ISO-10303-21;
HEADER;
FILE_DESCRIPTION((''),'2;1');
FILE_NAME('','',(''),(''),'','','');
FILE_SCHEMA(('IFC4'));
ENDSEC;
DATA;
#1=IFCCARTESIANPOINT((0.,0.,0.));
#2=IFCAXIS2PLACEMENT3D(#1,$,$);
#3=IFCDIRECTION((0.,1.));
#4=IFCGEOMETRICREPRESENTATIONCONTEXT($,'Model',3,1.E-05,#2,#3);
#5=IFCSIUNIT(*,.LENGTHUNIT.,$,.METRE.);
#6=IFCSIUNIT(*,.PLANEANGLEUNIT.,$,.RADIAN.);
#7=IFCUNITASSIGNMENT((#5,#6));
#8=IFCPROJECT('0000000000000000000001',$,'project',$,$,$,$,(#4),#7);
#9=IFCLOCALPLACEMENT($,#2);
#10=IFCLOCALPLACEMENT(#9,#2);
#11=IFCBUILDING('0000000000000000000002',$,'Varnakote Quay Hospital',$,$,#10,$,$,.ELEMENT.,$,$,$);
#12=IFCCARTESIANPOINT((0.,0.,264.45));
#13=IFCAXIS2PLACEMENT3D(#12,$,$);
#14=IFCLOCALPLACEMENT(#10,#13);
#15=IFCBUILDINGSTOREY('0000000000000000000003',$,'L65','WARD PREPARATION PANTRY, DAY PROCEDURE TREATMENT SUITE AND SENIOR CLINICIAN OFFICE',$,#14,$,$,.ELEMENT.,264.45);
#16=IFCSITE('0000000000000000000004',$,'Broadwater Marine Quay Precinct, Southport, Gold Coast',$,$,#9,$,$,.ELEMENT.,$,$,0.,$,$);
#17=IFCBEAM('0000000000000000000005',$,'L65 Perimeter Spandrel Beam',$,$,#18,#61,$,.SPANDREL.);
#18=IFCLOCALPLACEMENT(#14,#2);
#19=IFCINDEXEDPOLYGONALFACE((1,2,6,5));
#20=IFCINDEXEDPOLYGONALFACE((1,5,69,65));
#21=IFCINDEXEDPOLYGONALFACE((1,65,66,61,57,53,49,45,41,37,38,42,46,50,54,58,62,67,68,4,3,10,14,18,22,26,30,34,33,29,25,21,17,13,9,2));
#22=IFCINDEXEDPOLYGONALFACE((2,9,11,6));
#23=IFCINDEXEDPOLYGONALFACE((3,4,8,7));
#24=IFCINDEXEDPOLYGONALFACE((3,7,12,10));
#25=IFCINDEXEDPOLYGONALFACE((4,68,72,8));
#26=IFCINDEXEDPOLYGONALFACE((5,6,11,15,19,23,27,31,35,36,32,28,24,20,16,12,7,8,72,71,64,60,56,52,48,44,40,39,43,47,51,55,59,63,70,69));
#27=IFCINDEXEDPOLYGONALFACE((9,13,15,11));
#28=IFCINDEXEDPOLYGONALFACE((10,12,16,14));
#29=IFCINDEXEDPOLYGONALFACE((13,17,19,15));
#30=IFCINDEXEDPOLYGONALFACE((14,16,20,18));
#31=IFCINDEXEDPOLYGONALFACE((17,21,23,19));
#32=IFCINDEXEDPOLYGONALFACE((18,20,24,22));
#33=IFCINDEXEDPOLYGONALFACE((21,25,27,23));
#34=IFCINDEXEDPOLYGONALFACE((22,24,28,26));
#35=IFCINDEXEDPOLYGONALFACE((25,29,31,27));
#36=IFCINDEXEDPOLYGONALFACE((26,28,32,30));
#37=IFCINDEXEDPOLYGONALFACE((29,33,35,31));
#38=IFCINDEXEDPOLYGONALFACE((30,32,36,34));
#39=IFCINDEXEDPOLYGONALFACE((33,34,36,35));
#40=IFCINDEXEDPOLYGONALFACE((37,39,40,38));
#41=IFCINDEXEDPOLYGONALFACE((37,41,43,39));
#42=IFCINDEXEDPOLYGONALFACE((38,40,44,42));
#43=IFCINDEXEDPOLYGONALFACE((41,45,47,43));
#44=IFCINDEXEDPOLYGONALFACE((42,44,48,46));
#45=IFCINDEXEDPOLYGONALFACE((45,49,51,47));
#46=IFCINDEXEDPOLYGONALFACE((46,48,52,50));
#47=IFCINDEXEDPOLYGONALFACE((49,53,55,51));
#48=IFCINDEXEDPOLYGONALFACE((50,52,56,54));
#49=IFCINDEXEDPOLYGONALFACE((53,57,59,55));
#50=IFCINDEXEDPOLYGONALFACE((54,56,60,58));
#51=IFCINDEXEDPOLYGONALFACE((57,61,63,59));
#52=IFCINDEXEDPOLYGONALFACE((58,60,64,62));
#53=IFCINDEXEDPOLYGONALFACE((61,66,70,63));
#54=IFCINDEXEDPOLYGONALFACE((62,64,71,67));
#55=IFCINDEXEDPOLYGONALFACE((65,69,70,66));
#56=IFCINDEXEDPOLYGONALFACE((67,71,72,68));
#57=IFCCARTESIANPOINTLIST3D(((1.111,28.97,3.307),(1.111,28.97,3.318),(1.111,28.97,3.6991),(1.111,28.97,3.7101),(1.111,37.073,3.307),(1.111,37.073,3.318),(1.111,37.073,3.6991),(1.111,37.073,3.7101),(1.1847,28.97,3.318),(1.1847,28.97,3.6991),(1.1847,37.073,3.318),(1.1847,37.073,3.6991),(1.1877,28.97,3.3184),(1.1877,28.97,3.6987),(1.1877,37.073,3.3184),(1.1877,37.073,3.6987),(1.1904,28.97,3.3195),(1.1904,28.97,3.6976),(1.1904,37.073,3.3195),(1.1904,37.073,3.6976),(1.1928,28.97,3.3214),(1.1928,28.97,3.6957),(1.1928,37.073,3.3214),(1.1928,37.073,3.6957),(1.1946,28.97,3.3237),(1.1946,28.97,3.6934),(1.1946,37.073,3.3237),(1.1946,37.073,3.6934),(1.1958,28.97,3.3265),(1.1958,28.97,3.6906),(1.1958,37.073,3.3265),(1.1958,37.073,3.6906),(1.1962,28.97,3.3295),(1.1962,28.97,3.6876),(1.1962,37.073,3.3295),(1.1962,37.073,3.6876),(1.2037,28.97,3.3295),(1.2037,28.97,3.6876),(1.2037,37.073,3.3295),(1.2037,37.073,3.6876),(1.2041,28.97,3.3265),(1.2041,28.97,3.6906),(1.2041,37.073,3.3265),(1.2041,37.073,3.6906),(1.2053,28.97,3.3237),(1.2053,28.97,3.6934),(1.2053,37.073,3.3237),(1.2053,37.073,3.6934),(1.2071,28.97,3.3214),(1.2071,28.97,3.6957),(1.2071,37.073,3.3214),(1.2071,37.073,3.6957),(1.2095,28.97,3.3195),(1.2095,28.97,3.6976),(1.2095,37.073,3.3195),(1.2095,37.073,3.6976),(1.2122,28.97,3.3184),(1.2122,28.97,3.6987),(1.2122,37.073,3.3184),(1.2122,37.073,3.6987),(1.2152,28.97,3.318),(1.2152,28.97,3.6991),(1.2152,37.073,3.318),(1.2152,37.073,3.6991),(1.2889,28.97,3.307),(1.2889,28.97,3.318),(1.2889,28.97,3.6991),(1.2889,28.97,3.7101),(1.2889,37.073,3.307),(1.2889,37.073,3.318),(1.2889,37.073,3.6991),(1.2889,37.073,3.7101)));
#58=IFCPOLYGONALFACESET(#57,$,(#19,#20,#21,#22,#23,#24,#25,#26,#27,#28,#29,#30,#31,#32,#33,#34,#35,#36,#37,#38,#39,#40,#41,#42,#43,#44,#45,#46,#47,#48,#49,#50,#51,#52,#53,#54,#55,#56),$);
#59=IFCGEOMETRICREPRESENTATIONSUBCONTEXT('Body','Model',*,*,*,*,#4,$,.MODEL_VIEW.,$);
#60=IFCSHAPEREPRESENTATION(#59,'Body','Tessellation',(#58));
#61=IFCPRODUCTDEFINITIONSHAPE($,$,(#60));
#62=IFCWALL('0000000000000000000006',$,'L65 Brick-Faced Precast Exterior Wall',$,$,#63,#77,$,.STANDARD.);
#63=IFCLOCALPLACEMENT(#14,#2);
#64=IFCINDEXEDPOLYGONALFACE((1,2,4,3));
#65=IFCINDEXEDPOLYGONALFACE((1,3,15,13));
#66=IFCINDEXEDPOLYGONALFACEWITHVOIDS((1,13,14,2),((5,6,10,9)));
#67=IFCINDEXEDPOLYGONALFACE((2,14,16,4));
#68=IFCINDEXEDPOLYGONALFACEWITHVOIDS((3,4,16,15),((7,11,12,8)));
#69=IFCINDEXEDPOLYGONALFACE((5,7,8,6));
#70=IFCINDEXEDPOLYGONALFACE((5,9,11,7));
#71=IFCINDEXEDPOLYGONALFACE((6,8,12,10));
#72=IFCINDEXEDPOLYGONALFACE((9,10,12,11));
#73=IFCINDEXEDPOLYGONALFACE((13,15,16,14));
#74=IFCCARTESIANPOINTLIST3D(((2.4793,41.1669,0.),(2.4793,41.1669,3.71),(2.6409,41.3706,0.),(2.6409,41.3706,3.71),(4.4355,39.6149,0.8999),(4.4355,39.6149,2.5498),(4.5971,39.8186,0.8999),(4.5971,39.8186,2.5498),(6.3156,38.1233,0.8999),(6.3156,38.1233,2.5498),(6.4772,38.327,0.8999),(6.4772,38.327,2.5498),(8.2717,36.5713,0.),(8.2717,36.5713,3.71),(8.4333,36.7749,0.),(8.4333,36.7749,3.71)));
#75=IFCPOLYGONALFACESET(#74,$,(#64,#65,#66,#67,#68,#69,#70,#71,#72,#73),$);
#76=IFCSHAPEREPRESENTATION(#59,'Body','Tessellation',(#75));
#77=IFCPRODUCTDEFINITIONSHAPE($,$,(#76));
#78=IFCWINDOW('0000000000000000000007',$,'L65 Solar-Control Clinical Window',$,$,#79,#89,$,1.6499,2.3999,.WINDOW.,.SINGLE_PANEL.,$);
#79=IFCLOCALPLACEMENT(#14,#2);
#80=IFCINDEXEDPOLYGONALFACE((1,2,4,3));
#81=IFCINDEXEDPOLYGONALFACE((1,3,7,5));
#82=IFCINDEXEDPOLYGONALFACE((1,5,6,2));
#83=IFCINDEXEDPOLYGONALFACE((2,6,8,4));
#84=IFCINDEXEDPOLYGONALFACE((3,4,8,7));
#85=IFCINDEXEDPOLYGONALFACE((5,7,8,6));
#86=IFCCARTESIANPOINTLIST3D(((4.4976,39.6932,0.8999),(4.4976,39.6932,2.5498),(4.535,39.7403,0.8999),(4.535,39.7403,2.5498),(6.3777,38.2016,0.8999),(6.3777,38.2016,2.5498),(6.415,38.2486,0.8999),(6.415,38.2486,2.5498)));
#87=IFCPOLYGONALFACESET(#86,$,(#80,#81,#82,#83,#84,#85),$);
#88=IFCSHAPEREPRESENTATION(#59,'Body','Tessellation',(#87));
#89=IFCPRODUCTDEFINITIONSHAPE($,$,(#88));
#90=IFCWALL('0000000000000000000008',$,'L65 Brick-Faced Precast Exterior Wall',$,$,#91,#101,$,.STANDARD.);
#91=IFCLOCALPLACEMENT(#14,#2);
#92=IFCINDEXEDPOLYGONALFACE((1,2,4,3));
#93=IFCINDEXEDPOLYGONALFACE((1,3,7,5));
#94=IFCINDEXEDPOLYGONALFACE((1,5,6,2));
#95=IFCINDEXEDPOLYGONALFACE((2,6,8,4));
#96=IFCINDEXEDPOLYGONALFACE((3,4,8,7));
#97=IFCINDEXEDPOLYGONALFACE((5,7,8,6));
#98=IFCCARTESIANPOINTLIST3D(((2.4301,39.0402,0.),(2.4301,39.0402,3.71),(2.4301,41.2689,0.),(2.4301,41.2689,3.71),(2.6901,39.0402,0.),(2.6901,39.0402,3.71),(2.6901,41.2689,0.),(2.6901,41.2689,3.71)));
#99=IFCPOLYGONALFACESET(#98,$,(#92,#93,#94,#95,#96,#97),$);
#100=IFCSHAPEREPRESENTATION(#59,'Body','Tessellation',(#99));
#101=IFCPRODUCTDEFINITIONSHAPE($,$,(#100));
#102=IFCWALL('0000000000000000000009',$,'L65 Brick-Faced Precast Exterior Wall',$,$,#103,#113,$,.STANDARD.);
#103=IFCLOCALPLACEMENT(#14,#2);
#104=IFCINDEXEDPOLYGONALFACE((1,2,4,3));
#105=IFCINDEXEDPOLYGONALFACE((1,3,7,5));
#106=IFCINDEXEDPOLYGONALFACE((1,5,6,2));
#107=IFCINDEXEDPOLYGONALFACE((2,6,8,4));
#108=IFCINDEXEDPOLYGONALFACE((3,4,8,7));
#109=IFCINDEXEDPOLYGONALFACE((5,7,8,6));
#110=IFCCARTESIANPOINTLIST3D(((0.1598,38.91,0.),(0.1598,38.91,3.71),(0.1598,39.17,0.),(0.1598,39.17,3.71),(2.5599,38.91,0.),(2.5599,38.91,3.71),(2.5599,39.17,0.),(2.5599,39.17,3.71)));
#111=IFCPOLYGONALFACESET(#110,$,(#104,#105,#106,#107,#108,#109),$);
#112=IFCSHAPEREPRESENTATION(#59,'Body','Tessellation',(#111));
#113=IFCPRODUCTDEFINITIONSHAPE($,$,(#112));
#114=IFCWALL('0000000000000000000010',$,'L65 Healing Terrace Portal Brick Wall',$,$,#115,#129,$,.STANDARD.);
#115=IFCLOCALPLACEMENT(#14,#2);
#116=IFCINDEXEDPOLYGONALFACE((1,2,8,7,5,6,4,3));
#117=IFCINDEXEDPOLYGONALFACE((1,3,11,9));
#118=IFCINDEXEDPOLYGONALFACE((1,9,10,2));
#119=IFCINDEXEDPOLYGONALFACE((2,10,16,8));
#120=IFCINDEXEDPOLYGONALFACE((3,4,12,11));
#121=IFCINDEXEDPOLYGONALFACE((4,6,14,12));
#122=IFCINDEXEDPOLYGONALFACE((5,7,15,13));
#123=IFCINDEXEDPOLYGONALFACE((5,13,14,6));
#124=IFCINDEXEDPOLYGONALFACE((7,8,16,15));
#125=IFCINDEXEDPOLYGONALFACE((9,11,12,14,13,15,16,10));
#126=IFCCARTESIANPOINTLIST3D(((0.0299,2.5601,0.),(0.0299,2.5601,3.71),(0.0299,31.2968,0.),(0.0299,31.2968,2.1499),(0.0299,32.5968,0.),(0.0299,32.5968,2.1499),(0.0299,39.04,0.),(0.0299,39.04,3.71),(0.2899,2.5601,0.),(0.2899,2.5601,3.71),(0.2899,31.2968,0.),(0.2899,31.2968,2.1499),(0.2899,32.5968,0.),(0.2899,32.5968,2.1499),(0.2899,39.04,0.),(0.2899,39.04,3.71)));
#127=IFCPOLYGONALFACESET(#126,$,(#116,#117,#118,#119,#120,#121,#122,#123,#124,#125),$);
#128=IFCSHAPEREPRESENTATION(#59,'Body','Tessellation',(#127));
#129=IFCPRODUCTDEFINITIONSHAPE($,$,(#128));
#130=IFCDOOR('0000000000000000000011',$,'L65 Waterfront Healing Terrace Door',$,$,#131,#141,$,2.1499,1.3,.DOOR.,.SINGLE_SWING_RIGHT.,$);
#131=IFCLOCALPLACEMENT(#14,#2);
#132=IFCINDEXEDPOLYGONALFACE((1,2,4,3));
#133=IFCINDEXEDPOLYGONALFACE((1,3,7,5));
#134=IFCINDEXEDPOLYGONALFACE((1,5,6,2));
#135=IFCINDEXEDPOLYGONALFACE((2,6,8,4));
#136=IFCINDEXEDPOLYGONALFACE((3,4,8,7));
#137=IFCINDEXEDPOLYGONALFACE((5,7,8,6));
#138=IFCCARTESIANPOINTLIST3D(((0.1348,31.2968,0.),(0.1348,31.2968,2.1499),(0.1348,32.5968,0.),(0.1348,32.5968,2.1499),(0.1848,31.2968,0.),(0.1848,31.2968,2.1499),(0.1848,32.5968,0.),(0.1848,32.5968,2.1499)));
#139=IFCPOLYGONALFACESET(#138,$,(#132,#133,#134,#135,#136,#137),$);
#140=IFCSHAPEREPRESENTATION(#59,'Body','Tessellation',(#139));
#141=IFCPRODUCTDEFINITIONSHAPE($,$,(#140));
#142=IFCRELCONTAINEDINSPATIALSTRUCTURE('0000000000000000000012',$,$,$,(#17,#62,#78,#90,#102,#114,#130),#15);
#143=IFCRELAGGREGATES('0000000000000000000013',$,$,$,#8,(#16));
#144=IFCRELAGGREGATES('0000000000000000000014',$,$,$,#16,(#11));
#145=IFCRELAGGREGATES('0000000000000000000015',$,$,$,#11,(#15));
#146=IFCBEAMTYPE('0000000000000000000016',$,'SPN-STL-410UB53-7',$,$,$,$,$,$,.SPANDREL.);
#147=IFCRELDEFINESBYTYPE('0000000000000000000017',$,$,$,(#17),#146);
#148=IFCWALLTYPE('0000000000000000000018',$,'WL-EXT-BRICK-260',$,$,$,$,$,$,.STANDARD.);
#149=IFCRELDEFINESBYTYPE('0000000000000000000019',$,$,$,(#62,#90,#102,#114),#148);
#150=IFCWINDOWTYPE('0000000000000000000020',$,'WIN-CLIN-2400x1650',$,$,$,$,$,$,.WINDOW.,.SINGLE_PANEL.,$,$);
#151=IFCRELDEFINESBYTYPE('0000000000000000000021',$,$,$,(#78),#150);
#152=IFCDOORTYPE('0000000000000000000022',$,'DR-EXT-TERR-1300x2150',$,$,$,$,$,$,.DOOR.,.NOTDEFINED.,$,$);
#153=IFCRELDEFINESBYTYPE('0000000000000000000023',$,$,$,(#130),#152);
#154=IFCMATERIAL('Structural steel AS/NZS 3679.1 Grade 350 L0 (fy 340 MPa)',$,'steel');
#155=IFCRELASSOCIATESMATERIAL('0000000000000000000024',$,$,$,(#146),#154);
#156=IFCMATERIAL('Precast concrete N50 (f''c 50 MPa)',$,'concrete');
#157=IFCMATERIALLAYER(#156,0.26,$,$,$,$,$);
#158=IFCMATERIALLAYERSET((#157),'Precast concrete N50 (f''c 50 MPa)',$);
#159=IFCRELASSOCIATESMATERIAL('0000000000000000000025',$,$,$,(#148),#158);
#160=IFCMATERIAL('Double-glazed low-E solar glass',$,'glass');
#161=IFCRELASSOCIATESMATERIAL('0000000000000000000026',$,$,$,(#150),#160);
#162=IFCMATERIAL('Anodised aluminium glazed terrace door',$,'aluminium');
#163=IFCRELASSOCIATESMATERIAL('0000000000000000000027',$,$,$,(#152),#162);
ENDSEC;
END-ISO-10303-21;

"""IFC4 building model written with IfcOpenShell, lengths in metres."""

from ifc_helpers import new_model, si_unit, direction, frame, frame_2d, origin, origin_2d, place, context, subcontext, project, spatial, rectangle, i_section, extrude, material, layer, layer_set, material_profile, profile_set, type_object, element, fill, save


model = new_model("IFC4")

# Units and contexts
model_context = context("Model", 3, precision=1e-05, world=origin(), true_north=direction((0.0, 1.0)))
body_context = subcontext(model_context, "Body", "Model", "MODEL_VIEW")
ifc_project = project(units=[si_unit("LENGTHUNIT", "METRE"), si_unit("PLANEANGLEUNIT", "RADIAN")], contexts=[model_context])

# Site, building, storey
site_placement = place(None, origin())
site = spatial("IfcSite", under=ifc_project, at=site_placement, Name="Broadwater Marine Quay Precinct, Southport, Gold Coast", CompositionType="ELEMENT", RefElevation=0.0)
building_placement = place(site_placement, origin())
building = spatial("IfcBuilding", under=site, at=building_placement, Name="Varnakote Quay Hospital", CompositionType="ELEMENT")
storey_placement = place(building_placement, frame((0.0, 0.0, 264.45)))
storey = spatial("IfcBuildingStorey", under=building, at=storey_placement, Name="L65", Description="WARD PREPARATION PANTRY, DAY PROCEDURE TREATMENT SUITE AND SENIOR CLINICIAN OFFICE", CompositionType="ELEMENT", Elevation=264.45)

# Beam
ifc_material_1 = material(Name="Structural steel AS/NZS 3679.1 Grade 350 L0 (fy 340 MPa)", Category="steel")
ifc_material_profile_1 = material_profile(ifc_material_1, i_section(OverallWidth=0.178, OverallDepth=0.4031, WebThickness=0.0076, FlangeThickness=0.011, FilletRadius=0.0115, at=origin_2d()), Name="410UB53.7")
ifc_profile_set_1 = profile_set([ifc_material_profile_1], Name="Structural steel AS/NZS 3679.1 Grade 350 L0 (fy 340 MPa)")
beam_type_1 = type_object("IfcBeamType", Name="SPN-STL-410UB53-7", PredefinedType="SPANDREL", material=ifc_profile_set_1)
beam_1_placement = place(storey_placement, frame((1.2, 28.97, 3.5085), z_axis=(0.0, 1.0, 0.0), x_axis=(-1.0, 0.0, 0.0)))
element("IfcBeam", 1, at=beam_1_placement, inside=storey, type_object=beam_type_1, Name="L65 Perimeter Spandrel Beam", PredefinedType="SPANDREL", context=body_context, shape_type="SweptSolid", body=[
    extrude(i_section(OverallWidth=0.178, OverallDepth=0.4031, WebThickness=0.0076, FlangeThickness=0.011, FilletRadius=0.0115, at=origin_2d()), origin(), (0.0, 0.0, 1.0), 8.103),
])

# Wall, opening, window
ifc_material_2 = material(Name="Precast concrete N50 (f'c 50 MPa)", Category="concrete")
ifc_layer = layer(ifc_material_2, 0.26)
ifc_layer_set = layer_set([ifc_layer], Name="Precast concrete N50 (f'c 50 MPa)")
wall_type = type_object("IfcWallType", Name="WL-EXT-BRICK-260", PredefinedType="STANDARD", material=ifc_layer_set)
wall_1_placement = place(storey_placement, frame((8.3525, 36.6731, 0.0), z_axis=(0.0, 0.0, 1.0), x_axis=(-0.783388, 0.621533, 0.0)))
wall_1 = element("IfcWall", 2, at=wall_1_placement, inside=storey, type_object=wall_type, Name="L65 Brick-Faced Precast Exterior Wall", PredefinedType="STANDARD", context=body_context, shape_type="SweptSolid", body=[
    extrude(rectangle(XDim=7.394, YDim=0.26, at=frame_2d((3.697, 0.0))), origin(), (0.0, 0.0, 1.0), 3.71),
])
opening_1_placement = place(wall_1_placement, frame((2.4971, 0.0, 0.8999)))
opening_1 = element("IfcOpeningElement", 3, at=opening_1_placement, cuts=wall_1, PredefinedType="OPENING", context=body_context, shape_type="SweptSolid", body=[
    extrude(rectangle(XDim=2.3999, YDim=1.6499, at=frame_2d((1.2, 0.825))), frame((0.0, 0.1399, 0.0), z_axis=(0.0, -1.0, 0.0), x_axis=(1.0, 0.0, 0.0)), (0.0, 0.0, 1.0), 0.28),
])
ifc_material_3 = material(Name="Double-glazed low-E solar glass", Category="glass")
window_type = type_object("IfcWindowType", Name="WIN-CLIN-2400x1650", PartitioningType="SINGLE_PANEL", PredefinedType="WINDOW", material=ifc_material_3)
window_placement = place(opening_1_placement, origin())
window = element("IfcWindow", 4, at=window_placement, inside=storey, type_object=window_type, Name="L65 Solar-Control Clinical Window", OverallHeight=1.6499, OverallWidth=2.3999, PartitioningType="SINGLE_PANEL", PredefinedType="WINDOW", context=body_context, shape_type="SweptSolid", body=[
    extrude(rectangle(XDim=2.3999, YDim=1.6499, at=frame_2d((1.2, 0.825))), frame((0.0, 0.03, 0.0), z_axis=(0.0, -1.0, 0.0), x_axis=(1.0, 0.0, 0.0)), (0.0, 0.0, 1.0), 0.0601),
])
fill(opening_1, window)

# Walls
wall_2_placement = place(storey_placement, frame((2.5601, 41.2688, 0.0), z_axis=(0.0, 0.0, 1.0), x_axis=(0.0, -1.0, 0.0)))
element("IfcWall", 5, at=wall_2_placement, inside=storey, type_object=wall_type, Name="L65 Brick-Faced Precast Exterior Wall", PredefinedType="STANDARD", context=body_context, shape_type="SweptSolid", body=[
    extrude(rectangle(XDim=2.2288, YDim=0.26, at=frame_2d((1.1143, 0.0))), origin(), (0.0, 0.0, 1.0), 3.71),
])
wall_3_placement = place(storey_placement, frame((2.5601, 39.04, 0.0), z_axis=(0.0, 0.0, 1.0), x_axis=(-1.0, 0.0, 0.0)))
element("IfcWall", 6, at=wall_3_placement, inside=storey, type_object=wall_type, Name="L65 Brick-Faced Precast Exterior Wall", PredefinedType="STANDARD", context=body_context, shape_type="SweptSolid", body=[
    extrude(rectangle(XDim=2.4001, YDim=0.26, at=frame_2d((1.2002, 0.0))), origin(), (0.0, 0.0, 1.0), 3.71),
])

# Wall, opening, door
wall_4_placement = place(storey_placement, frame((0.1599, 39.04, 0.0), z_axis=(0.0, 0.0, 1.0), x_axis=(0.0, -1.0, 0.0)))
wall_4 = element("IfcWall", 7, at=wall_4_placement, inside=storey, type_object=wall_type, Name="L65 Healing Terrace Portal Brick Wall", PredefinedType="STANDARD", context=body_context, shape_type="SweptSolid", body=[
    extrude(rectangle(XDim=36.48, YDim=0.26, at=frame_2d((18.24, 0.0))), origin(), (0.0, 0.0, 1.0), 3.71),
])
opening_2_placement = place(wall_4_placement, frame((6.4434, 0.0, 0.0)))
opening_2 = element("IfcOpeningElement", 8, at=opening_2_placement, cuts=wall_4, PredefinedType="OPENING", context=body_context, shape_type="SweptSolid", body=[
    extrude(rectangle(XDim=1.3, YDim=2.1499, at=frame_2d((0.6499, 1.075))), frame((0.0, 0.1399, 0.0), z_axis=(0.0, -1.0, 0.0), x_axis=(1.0, 0.0, 0.0)), (0.0, 0.0, 1.0), 0.28),
])
ifc_material_4 = material(Name="Anodised aluminium glazed terrace door", Category="aluminium")
door_type = type_object("IfcDoorType", Name="DR-EXT-TERR-1300x2150", OperationType="NOTDEFINED", PredefinedType="DOOR", material=ifc_material_4)
door_placement = place(opening_2_placement, origin())
door = element("IfcDoor", 9, at=door_placement, inside=storey, type_object=door_type, Name="L65 Waterfront Healing Terrace Door", OperationType="SINGLE_SWING_RIGHT", OverallHeight=2.1499, OverallWidth=1.3, PredefinedType="DOOR", context=body_context, shape_type="SweptSolid", body=[
    extrude(rectangle(XDim=1.3, YDim=2.1499, at=frame_2d((0.6499, 1.075))), frame((0.0, 0.0249, 0.0), z_axis=(0.0, -1.0, 0.0), x_axis=(1.0, 0.0, 0.0)), (0.0, 0.0, 1.0), 0.05),
])
fill(opening_2, door)

save(model, "model.ifc")
